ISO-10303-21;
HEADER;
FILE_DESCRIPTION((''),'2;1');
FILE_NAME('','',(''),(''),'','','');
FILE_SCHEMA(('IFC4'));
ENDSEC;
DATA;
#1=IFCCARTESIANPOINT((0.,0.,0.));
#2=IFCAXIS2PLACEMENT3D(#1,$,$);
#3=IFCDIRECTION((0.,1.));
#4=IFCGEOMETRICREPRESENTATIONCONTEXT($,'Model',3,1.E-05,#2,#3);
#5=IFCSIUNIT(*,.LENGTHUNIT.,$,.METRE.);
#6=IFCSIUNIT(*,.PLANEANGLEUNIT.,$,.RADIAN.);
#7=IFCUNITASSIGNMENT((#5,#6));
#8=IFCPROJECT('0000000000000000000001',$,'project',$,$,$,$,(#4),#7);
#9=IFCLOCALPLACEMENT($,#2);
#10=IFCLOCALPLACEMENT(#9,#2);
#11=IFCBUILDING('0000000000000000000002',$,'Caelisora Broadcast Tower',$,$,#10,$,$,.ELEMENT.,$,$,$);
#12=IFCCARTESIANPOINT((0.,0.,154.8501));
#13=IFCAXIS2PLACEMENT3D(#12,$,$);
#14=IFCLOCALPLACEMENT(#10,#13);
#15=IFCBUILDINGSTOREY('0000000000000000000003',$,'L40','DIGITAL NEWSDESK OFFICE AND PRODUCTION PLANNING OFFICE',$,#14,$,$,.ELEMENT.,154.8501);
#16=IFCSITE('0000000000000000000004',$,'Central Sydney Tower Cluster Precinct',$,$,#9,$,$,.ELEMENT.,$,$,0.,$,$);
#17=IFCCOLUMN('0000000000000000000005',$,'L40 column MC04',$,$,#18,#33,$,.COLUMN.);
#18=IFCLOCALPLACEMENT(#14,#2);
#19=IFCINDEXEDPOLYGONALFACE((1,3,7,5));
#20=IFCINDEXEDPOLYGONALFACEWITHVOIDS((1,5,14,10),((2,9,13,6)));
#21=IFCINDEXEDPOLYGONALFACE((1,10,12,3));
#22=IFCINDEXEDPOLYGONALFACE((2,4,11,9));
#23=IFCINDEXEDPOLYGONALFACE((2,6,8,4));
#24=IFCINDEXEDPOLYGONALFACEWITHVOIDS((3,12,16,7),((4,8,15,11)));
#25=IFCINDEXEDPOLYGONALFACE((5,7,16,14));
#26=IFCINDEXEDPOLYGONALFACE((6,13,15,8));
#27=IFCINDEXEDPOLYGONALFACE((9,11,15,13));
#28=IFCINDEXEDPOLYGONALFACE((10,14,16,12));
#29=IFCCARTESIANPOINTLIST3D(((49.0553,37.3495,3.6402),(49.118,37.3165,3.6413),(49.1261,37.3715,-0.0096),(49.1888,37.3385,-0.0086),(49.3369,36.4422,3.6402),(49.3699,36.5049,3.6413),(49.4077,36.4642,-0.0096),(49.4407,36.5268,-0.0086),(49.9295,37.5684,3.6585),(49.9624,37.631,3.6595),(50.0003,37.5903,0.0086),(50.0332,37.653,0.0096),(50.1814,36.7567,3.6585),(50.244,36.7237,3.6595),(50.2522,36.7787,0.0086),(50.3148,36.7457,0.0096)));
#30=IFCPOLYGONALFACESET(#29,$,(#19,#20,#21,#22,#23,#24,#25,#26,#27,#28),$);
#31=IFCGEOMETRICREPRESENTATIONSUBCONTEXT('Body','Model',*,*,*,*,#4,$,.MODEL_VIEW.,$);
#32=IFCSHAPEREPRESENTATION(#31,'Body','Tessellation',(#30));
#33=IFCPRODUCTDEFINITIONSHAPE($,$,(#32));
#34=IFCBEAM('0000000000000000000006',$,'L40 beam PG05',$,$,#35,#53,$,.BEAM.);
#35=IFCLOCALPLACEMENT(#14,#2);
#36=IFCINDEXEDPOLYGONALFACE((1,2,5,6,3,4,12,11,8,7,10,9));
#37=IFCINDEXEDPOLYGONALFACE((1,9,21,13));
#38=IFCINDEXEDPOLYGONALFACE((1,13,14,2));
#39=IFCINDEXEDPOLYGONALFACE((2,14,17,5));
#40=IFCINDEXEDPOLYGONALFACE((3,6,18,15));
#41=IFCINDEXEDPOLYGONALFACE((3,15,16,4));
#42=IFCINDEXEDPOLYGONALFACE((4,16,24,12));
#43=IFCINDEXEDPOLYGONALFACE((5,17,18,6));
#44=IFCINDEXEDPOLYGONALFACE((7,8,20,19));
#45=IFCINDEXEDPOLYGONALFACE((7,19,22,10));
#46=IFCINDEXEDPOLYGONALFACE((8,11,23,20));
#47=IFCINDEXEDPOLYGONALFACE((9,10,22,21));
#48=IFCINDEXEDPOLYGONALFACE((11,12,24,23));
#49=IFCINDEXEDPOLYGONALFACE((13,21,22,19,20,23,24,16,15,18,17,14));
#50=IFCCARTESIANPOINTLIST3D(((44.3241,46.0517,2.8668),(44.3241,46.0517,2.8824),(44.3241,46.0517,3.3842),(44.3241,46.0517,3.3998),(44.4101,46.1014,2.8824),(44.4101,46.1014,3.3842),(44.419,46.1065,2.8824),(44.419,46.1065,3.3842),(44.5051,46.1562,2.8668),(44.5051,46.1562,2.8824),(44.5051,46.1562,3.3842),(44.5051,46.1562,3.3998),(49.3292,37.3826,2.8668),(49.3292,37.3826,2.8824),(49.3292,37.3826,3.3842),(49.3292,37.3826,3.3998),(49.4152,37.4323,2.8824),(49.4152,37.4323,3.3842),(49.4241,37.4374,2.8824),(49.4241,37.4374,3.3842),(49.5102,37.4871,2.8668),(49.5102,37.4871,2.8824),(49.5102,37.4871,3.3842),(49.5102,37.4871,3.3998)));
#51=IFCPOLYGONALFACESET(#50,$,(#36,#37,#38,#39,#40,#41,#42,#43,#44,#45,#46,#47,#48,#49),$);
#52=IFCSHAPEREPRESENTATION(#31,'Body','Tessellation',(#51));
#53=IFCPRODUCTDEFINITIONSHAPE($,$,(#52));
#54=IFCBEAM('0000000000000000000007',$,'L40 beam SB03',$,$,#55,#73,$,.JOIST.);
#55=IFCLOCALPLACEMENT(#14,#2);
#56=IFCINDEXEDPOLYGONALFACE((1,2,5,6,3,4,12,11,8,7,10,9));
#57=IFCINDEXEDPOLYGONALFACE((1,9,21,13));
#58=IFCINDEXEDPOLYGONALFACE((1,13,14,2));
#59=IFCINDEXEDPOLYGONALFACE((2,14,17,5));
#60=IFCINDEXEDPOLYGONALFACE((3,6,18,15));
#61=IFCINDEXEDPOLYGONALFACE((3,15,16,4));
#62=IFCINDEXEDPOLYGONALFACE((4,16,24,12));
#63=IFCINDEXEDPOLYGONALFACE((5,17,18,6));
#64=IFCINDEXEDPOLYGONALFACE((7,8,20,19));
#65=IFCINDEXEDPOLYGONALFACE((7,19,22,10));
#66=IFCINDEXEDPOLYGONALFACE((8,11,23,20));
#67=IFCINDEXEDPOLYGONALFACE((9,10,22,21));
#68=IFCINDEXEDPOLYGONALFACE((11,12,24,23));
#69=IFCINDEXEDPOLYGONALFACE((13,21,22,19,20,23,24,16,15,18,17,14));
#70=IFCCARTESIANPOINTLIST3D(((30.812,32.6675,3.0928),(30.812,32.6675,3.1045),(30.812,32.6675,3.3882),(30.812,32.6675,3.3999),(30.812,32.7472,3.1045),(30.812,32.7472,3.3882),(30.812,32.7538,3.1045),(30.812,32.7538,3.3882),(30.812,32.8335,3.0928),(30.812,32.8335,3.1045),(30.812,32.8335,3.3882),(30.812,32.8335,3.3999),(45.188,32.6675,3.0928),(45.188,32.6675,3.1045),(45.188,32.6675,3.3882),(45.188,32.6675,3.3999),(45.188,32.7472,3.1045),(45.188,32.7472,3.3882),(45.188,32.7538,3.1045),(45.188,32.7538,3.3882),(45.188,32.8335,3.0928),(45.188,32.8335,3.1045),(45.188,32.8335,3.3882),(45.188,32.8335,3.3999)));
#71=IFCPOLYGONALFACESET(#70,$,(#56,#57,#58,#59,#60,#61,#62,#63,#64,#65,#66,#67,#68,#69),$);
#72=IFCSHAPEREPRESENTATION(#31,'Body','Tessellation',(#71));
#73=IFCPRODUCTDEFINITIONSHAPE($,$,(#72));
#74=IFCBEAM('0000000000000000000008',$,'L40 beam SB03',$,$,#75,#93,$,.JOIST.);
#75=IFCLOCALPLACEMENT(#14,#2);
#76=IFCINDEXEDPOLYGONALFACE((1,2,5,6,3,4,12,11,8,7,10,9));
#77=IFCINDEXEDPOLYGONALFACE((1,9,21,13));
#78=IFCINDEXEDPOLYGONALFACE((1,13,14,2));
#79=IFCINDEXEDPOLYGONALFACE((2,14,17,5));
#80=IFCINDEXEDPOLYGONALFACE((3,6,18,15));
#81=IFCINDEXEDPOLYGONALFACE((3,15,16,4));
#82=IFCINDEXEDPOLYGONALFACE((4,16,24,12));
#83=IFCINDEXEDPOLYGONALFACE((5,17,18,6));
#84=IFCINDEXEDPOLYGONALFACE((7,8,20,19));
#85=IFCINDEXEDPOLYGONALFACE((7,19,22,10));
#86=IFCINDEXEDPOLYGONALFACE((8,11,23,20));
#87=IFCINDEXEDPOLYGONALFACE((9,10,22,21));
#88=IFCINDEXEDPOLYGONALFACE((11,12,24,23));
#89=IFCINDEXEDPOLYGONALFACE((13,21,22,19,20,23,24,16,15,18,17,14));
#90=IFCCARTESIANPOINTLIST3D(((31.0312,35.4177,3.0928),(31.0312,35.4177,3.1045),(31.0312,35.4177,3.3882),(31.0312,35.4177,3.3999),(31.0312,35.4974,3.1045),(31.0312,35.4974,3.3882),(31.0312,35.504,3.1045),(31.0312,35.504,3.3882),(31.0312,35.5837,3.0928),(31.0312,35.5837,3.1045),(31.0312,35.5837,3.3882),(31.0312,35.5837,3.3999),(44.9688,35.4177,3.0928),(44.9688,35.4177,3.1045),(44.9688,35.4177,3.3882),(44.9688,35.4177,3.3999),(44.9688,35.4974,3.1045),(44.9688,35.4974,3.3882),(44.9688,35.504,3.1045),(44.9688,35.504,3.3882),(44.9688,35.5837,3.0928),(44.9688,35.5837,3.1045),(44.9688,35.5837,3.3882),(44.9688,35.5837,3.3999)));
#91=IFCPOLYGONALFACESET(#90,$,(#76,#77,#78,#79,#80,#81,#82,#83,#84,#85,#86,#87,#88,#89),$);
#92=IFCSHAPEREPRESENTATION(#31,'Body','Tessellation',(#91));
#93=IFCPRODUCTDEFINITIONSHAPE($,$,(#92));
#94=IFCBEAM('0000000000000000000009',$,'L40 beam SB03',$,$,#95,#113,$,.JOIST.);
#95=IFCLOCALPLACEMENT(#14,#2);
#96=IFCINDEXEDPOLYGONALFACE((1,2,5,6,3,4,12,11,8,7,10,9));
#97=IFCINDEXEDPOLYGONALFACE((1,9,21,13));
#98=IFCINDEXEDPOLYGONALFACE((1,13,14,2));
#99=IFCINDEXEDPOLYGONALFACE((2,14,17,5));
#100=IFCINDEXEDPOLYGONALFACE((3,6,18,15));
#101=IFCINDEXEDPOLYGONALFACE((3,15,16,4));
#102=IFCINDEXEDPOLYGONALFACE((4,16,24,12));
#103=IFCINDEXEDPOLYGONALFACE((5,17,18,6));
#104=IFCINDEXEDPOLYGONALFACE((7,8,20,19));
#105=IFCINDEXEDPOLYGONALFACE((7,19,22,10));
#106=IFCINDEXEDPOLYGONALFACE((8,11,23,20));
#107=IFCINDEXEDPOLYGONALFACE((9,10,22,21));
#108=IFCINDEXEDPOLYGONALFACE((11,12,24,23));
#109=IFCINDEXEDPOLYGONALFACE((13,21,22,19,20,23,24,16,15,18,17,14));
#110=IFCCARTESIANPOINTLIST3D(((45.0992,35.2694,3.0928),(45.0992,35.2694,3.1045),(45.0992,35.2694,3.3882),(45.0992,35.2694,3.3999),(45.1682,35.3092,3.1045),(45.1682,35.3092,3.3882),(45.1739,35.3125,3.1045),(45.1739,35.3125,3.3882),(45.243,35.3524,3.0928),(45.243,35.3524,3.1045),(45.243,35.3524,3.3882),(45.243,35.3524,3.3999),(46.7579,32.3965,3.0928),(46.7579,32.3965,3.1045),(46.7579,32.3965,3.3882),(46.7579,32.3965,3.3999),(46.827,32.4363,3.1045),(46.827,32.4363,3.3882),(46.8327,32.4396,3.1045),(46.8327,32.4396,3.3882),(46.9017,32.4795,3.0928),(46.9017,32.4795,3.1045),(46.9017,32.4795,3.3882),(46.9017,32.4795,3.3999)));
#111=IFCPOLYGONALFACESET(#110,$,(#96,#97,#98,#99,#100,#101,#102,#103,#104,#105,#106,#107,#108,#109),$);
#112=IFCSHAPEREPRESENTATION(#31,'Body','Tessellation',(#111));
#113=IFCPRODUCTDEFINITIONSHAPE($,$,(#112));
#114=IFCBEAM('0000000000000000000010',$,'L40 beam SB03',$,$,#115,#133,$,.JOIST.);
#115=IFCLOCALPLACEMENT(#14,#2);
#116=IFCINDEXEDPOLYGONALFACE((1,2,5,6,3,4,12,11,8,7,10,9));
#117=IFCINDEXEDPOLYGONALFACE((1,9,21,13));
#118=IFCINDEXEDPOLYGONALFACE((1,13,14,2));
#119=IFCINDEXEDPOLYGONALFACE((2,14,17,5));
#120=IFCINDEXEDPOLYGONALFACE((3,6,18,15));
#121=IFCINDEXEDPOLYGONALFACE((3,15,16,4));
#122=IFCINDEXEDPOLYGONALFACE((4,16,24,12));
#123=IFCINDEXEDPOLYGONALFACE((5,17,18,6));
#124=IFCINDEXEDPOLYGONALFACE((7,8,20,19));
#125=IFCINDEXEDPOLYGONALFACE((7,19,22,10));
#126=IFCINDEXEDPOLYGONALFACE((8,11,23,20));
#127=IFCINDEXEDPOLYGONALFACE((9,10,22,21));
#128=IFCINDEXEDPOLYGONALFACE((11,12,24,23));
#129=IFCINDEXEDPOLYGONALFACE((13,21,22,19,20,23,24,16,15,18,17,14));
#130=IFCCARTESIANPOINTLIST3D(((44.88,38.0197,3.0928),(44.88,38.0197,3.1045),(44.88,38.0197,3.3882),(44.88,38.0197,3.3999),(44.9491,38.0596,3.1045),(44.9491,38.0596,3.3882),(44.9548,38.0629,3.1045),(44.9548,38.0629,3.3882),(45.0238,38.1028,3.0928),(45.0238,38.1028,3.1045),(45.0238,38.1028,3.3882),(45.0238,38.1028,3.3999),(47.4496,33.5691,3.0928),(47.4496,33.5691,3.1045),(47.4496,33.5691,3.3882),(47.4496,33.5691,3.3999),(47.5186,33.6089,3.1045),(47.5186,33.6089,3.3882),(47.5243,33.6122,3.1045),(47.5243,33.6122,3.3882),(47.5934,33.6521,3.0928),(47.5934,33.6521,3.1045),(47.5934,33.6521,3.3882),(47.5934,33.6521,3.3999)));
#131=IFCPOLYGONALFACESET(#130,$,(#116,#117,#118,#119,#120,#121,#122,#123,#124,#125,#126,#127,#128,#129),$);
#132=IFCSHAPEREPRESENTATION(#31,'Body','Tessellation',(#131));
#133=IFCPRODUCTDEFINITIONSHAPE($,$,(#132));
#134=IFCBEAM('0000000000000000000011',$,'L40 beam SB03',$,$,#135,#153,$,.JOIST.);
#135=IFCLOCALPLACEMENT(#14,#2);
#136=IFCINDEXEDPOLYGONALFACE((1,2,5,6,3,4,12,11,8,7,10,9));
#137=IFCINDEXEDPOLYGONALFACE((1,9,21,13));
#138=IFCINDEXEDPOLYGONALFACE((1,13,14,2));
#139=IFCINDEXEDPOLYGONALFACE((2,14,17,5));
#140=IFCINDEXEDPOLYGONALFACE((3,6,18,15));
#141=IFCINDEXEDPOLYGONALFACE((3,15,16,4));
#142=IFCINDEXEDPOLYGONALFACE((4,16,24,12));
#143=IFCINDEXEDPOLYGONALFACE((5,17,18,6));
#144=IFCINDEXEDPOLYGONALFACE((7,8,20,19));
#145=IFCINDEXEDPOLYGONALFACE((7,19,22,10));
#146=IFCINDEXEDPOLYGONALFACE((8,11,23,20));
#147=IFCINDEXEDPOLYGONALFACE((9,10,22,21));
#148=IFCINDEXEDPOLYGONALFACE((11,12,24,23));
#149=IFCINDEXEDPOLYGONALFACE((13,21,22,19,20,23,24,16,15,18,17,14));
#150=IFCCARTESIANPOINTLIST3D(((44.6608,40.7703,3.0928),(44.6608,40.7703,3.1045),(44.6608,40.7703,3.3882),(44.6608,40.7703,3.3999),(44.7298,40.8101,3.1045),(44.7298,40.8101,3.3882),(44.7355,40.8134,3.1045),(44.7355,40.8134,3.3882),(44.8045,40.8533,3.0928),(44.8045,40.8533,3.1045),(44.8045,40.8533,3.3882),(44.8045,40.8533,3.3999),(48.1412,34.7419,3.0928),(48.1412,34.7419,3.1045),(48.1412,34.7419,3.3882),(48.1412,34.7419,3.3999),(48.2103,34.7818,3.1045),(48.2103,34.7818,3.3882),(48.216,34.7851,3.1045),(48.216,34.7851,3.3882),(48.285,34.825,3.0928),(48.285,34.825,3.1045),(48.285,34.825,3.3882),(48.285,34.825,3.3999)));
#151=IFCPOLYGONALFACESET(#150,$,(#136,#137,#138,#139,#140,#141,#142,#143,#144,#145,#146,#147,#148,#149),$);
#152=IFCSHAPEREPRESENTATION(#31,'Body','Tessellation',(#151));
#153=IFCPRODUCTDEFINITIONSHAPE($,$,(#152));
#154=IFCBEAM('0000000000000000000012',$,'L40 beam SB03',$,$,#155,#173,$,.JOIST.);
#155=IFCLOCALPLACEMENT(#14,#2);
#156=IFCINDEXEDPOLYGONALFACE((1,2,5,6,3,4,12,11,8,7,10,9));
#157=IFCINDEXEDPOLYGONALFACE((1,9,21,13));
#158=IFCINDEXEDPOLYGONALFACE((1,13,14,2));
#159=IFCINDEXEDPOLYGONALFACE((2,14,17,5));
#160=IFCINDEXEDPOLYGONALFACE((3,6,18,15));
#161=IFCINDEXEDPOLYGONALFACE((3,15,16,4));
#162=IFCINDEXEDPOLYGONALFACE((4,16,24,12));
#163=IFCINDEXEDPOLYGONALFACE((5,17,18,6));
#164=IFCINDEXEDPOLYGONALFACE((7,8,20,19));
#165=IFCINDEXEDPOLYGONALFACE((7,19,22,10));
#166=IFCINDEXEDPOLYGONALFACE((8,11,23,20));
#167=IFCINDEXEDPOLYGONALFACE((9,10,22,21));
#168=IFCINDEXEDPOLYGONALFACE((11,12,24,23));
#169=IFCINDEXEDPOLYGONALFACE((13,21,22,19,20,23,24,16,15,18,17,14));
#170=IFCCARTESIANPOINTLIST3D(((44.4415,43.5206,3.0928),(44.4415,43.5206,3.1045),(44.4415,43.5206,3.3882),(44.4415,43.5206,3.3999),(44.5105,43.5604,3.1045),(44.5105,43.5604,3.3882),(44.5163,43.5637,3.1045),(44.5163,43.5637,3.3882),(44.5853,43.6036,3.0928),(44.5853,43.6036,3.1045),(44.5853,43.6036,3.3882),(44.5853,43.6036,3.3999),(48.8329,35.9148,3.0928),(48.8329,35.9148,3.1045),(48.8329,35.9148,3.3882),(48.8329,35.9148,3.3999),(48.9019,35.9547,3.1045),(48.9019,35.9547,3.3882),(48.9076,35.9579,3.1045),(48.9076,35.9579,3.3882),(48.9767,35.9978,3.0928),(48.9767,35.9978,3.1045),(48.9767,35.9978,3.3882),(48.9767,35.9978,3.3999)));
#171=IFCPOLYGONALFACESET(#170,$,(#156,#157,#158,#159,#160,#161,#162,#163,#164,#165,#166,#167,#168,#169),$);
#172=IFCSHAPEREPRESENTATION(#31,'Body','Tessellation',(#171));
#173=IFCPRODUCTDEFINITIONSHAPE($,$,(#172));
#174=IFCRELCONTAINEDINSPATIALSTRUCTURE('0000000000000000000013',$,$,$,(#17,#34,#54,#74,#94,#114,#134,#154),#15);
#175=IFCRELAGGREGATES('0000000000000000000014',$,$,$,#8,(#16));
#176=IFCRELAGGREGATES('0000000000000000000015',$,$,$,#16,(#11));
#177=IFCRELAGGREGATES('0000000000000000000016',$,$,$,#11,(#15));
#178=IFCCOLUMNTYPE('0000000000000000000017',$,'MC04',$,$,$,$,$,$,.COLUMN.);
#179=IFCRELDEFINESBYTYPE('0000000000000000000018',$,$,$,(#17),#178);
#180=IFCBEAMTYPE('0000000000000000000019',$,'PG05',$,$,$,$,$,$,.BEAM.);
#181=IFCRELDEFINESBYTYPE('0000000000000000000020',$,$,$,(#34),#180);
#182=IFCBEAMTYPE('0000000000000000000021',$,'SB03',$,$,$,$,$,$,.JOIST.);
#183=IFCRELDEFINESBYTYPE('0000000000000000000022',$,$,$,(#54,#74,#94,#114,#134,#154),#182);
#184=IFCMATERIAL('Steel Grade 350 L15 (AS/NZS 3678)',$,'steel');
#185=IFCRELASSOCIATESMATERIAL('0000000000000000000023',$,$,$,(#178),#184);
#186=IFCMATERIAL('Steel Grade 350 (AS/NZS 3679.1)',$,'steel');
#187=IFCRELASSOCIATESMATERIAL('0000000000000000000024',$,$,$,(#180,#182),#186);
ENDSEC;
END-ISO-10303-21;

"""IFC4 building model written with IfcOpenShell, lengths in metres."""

from ifc_helpers import new_model, si_unit, direction, frame, origin, origin_2d, place, context, subcontext, project, spatial, hollow_rectangle, i_section, extrude, source, transform, mapped, material, material_profile, profile_set, type_object, type_shapes, element, save


model = new_model("IFC4")

# Units and contexts
model_context = context("Model", 3, precision=1e-05, world=origin(), true_north=direction((0.0, 1.0)))
body_context = subcontext(model_context, "Body", "Model", "MODEL_VIEW")
ifc_project = project(units=[si_unit("LENGTHUNIT", "METRE"), si_unit("PLANEANGLEUNIT", "RADIAN")], contexts=[model_context])

# Site, building, storey
site_placement = place(None, origin())
site = spatial("IfcSite", under=ifc_project, at=site_placement, Name="Central Sydney Tower Cluster Precinct", CompositionType="ELEMENT", RefElevation=0.0)
building_placement = place(site_placement, origin())
building = spatial("IfcBuilding", under=site, at=building_placement, Name="Caelisora Broadcast Tower", CompositionType="ELEMENT")
storey_placement = place(building_placement, frame((0.0, 0.0, 154.8501)))
storey = spatial("IfcBuildingStorey", under=building, at=storey_placement, Name="L40", Description="DIGITAL NEWSDESK OFFICE AND PRODUCTION PLANNING OFFICE", CompositionType="ELEMENT", Elevation=154.8501)

# Column
ifc_material_1 = material(Name="Steel Grade 350 L15 (AS/NZS 3678)", Category="steel")
ifc_material_profile_1 = material_profile(ifc_material_1, hollow_rectangle(XDim=0.95, YDim=0.95, WallThickness=0.05, at=origin_2d()), Name="Steel Grade 350 L15 (AS/NZS 3678)")
ifc_profile_set_1 = profile_set([ifc_material_profile_1], Name="Steel Grade 350 L15 (AS/NZS 3678)")
column_type = type_object("IfcColumnType", Name="MC04", PredefinedType="COLUMN", material=ifc_profile_set_1)
shared_shape_1 = source(origin(), body_context, "Body", "SweptSolid", [
    extrude(hollow_rectangle(XDim=0.95, YDim=0.95, WallThickness=0.05, at=origin_2d()), origin(), (0.0, 0.0, 1.0), 3.6506),
])
type_shapes(column_type, [shared_shape_1])
column_placement = place(storey_placement, frame((49.7205, 37.0586, 0.0), z_axis=(-0.019394, -0.006019, 0.999794), x_axis=(0.296399, -0.955064, 0.0)))
element("IfcColumn", 1, at=column_placement, inside=storey, type_object=column_type, Name="L40 column MC04", PredefinedType="COLUMN", context=body_context, shape_type="MappedRepresentation", body=[
    mapped(shared_shape_1, transform((0.0, 0.0, 0.0), scale=1.0)),
])

# Beams
ifc_material_2 = material(Name="Steel Grade 350 (AS/NZS 3679.1)", Category="steel")
ifc_material_profile_2 = material_profile(ifc_material_2, i_section(OverallWidth=0.209, OverallDepth=0.533, WebThickness=0.0103, FlangeThickness=0.0156, at=origin_2d()), Name="Steel Grade 350 (AS/NZS 3679.1)")
ifc_profile_set_2 = profile_set([ifc_material_profile_2], Name="Steel Grade 350 (AS/NZS 3679.1)")
beam_type_1 = type_object("IfcBeamType", Name="PG05", PredefinedType="BEAM", material=ifc_profile_set_2)
shared_shape_2 = source(origin(), body_context, "Body", "SweptSolid", [
    extrude(i_section(OverallWidth=0.209, OverallDepth=0.533, WebThickness=0.0103, FlangeThickness=0.0156, at=origin_2d()), origin(), (0.0, 0.0, 1.0), 10.0103),
])
type_shapes(beam_type_1, [shared_shape_2])
beam_1_placement = place(storey_placement, frame((49.4197, 37.4348, 3.1333), z_axis=(-0.499998, 0.866027, 0.0), x_axis=(-0.866027, -0.499998, 0.0)))
element("IfcBeam", 2, at=beam_1_placement, inside=storey, type_object=beam_type_1, Name="L40 beam PG05", PredefinedType="BEAM", context=body_context, shape_type="MappedRepresentation", body=[
    mapped(shared_shape_2, transform((0.0, 0.0, 0.0), scale=1.0)),
])
ifc_material_profile_3 = material_profile(ifc_material_2, i_section(OverallWidth=0.166, OverallDepth=0.3071, WebThickness=0.0066, FlangeThickness=0.0117, at=origin_2d()), Name="Steel Grade 350 (AS/NZS 3679.1)")
ifc_profile_set_3 = profile_set([ifc_material_profile_3], Name="Steel Grade 350 (AS/NZS 3679.1)")
beam_type_2 = type_object("IfcBeamType", Name="SB03", PredefinedType="JOIST", material=ifc_profile_set_3)
shared_shape_3 = source(origin(), body_context, "Body", "SweptSolid", [
    extrude(i_section(OverallWidth=0.166, OverallDepth=0.3071, WebThickness=0.0066, FlangeThickness=0.0117, at=origin_2d()), origin(), (0.0, 0.0, 1.0), 14.376),
])
beam_2_placement = place(storey_placement, frame((45.188, 32.7505, 3.2463), z_axis=(-1.0, 0.0, 0.0), x_axis=(0.0, -1.0, 0.0)))
element("IfcBeam", 3, at=beam_2_placement, inside=storey, type_object=beam_type_2, Name="L40 beam SB03", PredefinedType="JOIST", context=body_context, shape_type="MappedRepresentation", body=[
    mapped(shared_shape_3, transform((0.0, 0.0, 0.0), scale=1.0)),
])
shared_shape_4 = source(origin(), body_context, "Body", "SweptSolid", [
    extrude(i_section(OverallWidth=0.166, OverallDepth=0.3071, WebThickness=0.0066, FlangeThickness=0.0117, at=origin_2d()), origin(), (0.0, 0.0, 1.0), 13.9375),
])
beam_3_placement = place(storey_placement, frame((44.9688, 35.5007, 3.2463), z_axis=(-1.0, 0.0, 0.0), x_axis=(0.0, -1.0, 0.0)))
element("IfcBeam", 4, at=beam_3_placement, inside=storey, type_object=beam_type_2, Name="L40 beam SB03", PredefinedType="JOIST", context=body_context, shape_type="MappedRepresentation", body=[
    mapped(shared_shape_4, transform((0.0, 0.0, 0.0), scale=1.0)),
])
shared_shape_5 = source(origin(), body_context, "Body", "SweptSolid", [
    extrude(i_section(OverallWidth=0.166, OverallDepth=0.3071, WebThickness=0.0066, FlangeThickness=0.0117, at=origin_2d()), origin(), (0.0, 0.0, 1.0), 3.3174),
])
beam_4_placement = place(storey_placement, frame((46.8298, 32.438, 3.2463), z_axis=(-0.500018, 0.866015, 0.0), x_axis=(-0.866015, -0.500018, 0.0)))
element("IfcBeam", 5, at=beam_4_placement, inside=storey, type_object=beam_type_2, Name="L40 beam SB03", PredefinedType="JOIST", context=body_context, shape_type="MappedRepresentation", body=[
    mapped(shared_shape_5, transform((0.0, 0.0, 0.0), scale=1.0)),
])
shared_shape_6 = source(origin(), body_context, "Body", "SweptSolid", [
    extrude(i_section(OverallWidth=0.166, OverallDepth=0.3071, WebThickness=0.0066, FlangeThickness=0.0117, at=origin_2d()), origin(), (0.0, 0.0, 1.0), 5.1392),
])
beam_5_placement = place(storey_placement, frame((47.5215, 33.6106, 3.2463), z_axis=(-0.499997, 0.866027, 0.0), x_axis=(-0.866027, -0.499997, 0.0)))
element("IfcBeam", 6, at=beam_5_placement, inside=storey, type_object=beam_type_2, Name="L40 beam SB03", PredefinedType="JOIST", context=body_context, shape_type="MappedRepresentation", body=[
    mapped(shared_shape_6, transform((0.0, 0.0, 0.0), scale=1.0)),
])
shared_shape_7 = source(origin(), body_context, "Body", "SweptSolid", [
    extrude(i_section(OverallWidth=0.166, OverallDepth=0.3071, WebThickness=0.0066, FlangeThickness=0.0117, at=origin_2d()), origin(), (0.0, 0.0, 1.0), 6.9609),
])
beam_6_placement = place(storey_placement, frame((48.2131, 34.7834, 3.2463), z_axis=(-0.500002, 0.866024, 0.0), x_axis=(-0.866024, -0.500002, 0.0)))
element("IfcBeam", 7, at=beam_6_placement, inside=storey, type_object=beam_type_2, Name="L40 beam SB03", PredefinedType="JOIST", context=body_context, shape_type="MappedRepresentation", body=[
    mapped(shared_shape_7, transform((0.0, 0.0, 0.0), scale=1.0)),
])
shared_shape_8 = source(origin(), body_context, "Body", "SweptSolid", [
    extrude(i_section(OverallWidth=0.166, OverallDepth=0.3071, WebThickness=0.0066, FlangeThickness=0.0117, at=origin_2d()), origin(), (0.0, 0.0, 1.0), 8.7825),
])
type_shapes(beam_type_2, [shared_shape_3, shared_shape_4, shared_shape_5, shared_shape_6, shared_shape_7, shared_shape_8])
beam_7_placement = place(storey_placement, frame((48.9048, 35.9563, 3.2463), z_axis=(-0.500017, 0.866016, 0.0), x_axis=(-0.866016, -0.500017, 0.0)))
element("IfcBeam", 8, at=beam_7_placement, inside=storey, type_object=beam_type_2, Name="L40 beam SB03", PredefinedType="JOIST", context=body_context, shape_type="MappedRepresentation", body=[
    mapped(shared_shape_8, transform((0.0, 0.0, 0.0), scale=1.0)),
])

save(model, "model.ifc")
